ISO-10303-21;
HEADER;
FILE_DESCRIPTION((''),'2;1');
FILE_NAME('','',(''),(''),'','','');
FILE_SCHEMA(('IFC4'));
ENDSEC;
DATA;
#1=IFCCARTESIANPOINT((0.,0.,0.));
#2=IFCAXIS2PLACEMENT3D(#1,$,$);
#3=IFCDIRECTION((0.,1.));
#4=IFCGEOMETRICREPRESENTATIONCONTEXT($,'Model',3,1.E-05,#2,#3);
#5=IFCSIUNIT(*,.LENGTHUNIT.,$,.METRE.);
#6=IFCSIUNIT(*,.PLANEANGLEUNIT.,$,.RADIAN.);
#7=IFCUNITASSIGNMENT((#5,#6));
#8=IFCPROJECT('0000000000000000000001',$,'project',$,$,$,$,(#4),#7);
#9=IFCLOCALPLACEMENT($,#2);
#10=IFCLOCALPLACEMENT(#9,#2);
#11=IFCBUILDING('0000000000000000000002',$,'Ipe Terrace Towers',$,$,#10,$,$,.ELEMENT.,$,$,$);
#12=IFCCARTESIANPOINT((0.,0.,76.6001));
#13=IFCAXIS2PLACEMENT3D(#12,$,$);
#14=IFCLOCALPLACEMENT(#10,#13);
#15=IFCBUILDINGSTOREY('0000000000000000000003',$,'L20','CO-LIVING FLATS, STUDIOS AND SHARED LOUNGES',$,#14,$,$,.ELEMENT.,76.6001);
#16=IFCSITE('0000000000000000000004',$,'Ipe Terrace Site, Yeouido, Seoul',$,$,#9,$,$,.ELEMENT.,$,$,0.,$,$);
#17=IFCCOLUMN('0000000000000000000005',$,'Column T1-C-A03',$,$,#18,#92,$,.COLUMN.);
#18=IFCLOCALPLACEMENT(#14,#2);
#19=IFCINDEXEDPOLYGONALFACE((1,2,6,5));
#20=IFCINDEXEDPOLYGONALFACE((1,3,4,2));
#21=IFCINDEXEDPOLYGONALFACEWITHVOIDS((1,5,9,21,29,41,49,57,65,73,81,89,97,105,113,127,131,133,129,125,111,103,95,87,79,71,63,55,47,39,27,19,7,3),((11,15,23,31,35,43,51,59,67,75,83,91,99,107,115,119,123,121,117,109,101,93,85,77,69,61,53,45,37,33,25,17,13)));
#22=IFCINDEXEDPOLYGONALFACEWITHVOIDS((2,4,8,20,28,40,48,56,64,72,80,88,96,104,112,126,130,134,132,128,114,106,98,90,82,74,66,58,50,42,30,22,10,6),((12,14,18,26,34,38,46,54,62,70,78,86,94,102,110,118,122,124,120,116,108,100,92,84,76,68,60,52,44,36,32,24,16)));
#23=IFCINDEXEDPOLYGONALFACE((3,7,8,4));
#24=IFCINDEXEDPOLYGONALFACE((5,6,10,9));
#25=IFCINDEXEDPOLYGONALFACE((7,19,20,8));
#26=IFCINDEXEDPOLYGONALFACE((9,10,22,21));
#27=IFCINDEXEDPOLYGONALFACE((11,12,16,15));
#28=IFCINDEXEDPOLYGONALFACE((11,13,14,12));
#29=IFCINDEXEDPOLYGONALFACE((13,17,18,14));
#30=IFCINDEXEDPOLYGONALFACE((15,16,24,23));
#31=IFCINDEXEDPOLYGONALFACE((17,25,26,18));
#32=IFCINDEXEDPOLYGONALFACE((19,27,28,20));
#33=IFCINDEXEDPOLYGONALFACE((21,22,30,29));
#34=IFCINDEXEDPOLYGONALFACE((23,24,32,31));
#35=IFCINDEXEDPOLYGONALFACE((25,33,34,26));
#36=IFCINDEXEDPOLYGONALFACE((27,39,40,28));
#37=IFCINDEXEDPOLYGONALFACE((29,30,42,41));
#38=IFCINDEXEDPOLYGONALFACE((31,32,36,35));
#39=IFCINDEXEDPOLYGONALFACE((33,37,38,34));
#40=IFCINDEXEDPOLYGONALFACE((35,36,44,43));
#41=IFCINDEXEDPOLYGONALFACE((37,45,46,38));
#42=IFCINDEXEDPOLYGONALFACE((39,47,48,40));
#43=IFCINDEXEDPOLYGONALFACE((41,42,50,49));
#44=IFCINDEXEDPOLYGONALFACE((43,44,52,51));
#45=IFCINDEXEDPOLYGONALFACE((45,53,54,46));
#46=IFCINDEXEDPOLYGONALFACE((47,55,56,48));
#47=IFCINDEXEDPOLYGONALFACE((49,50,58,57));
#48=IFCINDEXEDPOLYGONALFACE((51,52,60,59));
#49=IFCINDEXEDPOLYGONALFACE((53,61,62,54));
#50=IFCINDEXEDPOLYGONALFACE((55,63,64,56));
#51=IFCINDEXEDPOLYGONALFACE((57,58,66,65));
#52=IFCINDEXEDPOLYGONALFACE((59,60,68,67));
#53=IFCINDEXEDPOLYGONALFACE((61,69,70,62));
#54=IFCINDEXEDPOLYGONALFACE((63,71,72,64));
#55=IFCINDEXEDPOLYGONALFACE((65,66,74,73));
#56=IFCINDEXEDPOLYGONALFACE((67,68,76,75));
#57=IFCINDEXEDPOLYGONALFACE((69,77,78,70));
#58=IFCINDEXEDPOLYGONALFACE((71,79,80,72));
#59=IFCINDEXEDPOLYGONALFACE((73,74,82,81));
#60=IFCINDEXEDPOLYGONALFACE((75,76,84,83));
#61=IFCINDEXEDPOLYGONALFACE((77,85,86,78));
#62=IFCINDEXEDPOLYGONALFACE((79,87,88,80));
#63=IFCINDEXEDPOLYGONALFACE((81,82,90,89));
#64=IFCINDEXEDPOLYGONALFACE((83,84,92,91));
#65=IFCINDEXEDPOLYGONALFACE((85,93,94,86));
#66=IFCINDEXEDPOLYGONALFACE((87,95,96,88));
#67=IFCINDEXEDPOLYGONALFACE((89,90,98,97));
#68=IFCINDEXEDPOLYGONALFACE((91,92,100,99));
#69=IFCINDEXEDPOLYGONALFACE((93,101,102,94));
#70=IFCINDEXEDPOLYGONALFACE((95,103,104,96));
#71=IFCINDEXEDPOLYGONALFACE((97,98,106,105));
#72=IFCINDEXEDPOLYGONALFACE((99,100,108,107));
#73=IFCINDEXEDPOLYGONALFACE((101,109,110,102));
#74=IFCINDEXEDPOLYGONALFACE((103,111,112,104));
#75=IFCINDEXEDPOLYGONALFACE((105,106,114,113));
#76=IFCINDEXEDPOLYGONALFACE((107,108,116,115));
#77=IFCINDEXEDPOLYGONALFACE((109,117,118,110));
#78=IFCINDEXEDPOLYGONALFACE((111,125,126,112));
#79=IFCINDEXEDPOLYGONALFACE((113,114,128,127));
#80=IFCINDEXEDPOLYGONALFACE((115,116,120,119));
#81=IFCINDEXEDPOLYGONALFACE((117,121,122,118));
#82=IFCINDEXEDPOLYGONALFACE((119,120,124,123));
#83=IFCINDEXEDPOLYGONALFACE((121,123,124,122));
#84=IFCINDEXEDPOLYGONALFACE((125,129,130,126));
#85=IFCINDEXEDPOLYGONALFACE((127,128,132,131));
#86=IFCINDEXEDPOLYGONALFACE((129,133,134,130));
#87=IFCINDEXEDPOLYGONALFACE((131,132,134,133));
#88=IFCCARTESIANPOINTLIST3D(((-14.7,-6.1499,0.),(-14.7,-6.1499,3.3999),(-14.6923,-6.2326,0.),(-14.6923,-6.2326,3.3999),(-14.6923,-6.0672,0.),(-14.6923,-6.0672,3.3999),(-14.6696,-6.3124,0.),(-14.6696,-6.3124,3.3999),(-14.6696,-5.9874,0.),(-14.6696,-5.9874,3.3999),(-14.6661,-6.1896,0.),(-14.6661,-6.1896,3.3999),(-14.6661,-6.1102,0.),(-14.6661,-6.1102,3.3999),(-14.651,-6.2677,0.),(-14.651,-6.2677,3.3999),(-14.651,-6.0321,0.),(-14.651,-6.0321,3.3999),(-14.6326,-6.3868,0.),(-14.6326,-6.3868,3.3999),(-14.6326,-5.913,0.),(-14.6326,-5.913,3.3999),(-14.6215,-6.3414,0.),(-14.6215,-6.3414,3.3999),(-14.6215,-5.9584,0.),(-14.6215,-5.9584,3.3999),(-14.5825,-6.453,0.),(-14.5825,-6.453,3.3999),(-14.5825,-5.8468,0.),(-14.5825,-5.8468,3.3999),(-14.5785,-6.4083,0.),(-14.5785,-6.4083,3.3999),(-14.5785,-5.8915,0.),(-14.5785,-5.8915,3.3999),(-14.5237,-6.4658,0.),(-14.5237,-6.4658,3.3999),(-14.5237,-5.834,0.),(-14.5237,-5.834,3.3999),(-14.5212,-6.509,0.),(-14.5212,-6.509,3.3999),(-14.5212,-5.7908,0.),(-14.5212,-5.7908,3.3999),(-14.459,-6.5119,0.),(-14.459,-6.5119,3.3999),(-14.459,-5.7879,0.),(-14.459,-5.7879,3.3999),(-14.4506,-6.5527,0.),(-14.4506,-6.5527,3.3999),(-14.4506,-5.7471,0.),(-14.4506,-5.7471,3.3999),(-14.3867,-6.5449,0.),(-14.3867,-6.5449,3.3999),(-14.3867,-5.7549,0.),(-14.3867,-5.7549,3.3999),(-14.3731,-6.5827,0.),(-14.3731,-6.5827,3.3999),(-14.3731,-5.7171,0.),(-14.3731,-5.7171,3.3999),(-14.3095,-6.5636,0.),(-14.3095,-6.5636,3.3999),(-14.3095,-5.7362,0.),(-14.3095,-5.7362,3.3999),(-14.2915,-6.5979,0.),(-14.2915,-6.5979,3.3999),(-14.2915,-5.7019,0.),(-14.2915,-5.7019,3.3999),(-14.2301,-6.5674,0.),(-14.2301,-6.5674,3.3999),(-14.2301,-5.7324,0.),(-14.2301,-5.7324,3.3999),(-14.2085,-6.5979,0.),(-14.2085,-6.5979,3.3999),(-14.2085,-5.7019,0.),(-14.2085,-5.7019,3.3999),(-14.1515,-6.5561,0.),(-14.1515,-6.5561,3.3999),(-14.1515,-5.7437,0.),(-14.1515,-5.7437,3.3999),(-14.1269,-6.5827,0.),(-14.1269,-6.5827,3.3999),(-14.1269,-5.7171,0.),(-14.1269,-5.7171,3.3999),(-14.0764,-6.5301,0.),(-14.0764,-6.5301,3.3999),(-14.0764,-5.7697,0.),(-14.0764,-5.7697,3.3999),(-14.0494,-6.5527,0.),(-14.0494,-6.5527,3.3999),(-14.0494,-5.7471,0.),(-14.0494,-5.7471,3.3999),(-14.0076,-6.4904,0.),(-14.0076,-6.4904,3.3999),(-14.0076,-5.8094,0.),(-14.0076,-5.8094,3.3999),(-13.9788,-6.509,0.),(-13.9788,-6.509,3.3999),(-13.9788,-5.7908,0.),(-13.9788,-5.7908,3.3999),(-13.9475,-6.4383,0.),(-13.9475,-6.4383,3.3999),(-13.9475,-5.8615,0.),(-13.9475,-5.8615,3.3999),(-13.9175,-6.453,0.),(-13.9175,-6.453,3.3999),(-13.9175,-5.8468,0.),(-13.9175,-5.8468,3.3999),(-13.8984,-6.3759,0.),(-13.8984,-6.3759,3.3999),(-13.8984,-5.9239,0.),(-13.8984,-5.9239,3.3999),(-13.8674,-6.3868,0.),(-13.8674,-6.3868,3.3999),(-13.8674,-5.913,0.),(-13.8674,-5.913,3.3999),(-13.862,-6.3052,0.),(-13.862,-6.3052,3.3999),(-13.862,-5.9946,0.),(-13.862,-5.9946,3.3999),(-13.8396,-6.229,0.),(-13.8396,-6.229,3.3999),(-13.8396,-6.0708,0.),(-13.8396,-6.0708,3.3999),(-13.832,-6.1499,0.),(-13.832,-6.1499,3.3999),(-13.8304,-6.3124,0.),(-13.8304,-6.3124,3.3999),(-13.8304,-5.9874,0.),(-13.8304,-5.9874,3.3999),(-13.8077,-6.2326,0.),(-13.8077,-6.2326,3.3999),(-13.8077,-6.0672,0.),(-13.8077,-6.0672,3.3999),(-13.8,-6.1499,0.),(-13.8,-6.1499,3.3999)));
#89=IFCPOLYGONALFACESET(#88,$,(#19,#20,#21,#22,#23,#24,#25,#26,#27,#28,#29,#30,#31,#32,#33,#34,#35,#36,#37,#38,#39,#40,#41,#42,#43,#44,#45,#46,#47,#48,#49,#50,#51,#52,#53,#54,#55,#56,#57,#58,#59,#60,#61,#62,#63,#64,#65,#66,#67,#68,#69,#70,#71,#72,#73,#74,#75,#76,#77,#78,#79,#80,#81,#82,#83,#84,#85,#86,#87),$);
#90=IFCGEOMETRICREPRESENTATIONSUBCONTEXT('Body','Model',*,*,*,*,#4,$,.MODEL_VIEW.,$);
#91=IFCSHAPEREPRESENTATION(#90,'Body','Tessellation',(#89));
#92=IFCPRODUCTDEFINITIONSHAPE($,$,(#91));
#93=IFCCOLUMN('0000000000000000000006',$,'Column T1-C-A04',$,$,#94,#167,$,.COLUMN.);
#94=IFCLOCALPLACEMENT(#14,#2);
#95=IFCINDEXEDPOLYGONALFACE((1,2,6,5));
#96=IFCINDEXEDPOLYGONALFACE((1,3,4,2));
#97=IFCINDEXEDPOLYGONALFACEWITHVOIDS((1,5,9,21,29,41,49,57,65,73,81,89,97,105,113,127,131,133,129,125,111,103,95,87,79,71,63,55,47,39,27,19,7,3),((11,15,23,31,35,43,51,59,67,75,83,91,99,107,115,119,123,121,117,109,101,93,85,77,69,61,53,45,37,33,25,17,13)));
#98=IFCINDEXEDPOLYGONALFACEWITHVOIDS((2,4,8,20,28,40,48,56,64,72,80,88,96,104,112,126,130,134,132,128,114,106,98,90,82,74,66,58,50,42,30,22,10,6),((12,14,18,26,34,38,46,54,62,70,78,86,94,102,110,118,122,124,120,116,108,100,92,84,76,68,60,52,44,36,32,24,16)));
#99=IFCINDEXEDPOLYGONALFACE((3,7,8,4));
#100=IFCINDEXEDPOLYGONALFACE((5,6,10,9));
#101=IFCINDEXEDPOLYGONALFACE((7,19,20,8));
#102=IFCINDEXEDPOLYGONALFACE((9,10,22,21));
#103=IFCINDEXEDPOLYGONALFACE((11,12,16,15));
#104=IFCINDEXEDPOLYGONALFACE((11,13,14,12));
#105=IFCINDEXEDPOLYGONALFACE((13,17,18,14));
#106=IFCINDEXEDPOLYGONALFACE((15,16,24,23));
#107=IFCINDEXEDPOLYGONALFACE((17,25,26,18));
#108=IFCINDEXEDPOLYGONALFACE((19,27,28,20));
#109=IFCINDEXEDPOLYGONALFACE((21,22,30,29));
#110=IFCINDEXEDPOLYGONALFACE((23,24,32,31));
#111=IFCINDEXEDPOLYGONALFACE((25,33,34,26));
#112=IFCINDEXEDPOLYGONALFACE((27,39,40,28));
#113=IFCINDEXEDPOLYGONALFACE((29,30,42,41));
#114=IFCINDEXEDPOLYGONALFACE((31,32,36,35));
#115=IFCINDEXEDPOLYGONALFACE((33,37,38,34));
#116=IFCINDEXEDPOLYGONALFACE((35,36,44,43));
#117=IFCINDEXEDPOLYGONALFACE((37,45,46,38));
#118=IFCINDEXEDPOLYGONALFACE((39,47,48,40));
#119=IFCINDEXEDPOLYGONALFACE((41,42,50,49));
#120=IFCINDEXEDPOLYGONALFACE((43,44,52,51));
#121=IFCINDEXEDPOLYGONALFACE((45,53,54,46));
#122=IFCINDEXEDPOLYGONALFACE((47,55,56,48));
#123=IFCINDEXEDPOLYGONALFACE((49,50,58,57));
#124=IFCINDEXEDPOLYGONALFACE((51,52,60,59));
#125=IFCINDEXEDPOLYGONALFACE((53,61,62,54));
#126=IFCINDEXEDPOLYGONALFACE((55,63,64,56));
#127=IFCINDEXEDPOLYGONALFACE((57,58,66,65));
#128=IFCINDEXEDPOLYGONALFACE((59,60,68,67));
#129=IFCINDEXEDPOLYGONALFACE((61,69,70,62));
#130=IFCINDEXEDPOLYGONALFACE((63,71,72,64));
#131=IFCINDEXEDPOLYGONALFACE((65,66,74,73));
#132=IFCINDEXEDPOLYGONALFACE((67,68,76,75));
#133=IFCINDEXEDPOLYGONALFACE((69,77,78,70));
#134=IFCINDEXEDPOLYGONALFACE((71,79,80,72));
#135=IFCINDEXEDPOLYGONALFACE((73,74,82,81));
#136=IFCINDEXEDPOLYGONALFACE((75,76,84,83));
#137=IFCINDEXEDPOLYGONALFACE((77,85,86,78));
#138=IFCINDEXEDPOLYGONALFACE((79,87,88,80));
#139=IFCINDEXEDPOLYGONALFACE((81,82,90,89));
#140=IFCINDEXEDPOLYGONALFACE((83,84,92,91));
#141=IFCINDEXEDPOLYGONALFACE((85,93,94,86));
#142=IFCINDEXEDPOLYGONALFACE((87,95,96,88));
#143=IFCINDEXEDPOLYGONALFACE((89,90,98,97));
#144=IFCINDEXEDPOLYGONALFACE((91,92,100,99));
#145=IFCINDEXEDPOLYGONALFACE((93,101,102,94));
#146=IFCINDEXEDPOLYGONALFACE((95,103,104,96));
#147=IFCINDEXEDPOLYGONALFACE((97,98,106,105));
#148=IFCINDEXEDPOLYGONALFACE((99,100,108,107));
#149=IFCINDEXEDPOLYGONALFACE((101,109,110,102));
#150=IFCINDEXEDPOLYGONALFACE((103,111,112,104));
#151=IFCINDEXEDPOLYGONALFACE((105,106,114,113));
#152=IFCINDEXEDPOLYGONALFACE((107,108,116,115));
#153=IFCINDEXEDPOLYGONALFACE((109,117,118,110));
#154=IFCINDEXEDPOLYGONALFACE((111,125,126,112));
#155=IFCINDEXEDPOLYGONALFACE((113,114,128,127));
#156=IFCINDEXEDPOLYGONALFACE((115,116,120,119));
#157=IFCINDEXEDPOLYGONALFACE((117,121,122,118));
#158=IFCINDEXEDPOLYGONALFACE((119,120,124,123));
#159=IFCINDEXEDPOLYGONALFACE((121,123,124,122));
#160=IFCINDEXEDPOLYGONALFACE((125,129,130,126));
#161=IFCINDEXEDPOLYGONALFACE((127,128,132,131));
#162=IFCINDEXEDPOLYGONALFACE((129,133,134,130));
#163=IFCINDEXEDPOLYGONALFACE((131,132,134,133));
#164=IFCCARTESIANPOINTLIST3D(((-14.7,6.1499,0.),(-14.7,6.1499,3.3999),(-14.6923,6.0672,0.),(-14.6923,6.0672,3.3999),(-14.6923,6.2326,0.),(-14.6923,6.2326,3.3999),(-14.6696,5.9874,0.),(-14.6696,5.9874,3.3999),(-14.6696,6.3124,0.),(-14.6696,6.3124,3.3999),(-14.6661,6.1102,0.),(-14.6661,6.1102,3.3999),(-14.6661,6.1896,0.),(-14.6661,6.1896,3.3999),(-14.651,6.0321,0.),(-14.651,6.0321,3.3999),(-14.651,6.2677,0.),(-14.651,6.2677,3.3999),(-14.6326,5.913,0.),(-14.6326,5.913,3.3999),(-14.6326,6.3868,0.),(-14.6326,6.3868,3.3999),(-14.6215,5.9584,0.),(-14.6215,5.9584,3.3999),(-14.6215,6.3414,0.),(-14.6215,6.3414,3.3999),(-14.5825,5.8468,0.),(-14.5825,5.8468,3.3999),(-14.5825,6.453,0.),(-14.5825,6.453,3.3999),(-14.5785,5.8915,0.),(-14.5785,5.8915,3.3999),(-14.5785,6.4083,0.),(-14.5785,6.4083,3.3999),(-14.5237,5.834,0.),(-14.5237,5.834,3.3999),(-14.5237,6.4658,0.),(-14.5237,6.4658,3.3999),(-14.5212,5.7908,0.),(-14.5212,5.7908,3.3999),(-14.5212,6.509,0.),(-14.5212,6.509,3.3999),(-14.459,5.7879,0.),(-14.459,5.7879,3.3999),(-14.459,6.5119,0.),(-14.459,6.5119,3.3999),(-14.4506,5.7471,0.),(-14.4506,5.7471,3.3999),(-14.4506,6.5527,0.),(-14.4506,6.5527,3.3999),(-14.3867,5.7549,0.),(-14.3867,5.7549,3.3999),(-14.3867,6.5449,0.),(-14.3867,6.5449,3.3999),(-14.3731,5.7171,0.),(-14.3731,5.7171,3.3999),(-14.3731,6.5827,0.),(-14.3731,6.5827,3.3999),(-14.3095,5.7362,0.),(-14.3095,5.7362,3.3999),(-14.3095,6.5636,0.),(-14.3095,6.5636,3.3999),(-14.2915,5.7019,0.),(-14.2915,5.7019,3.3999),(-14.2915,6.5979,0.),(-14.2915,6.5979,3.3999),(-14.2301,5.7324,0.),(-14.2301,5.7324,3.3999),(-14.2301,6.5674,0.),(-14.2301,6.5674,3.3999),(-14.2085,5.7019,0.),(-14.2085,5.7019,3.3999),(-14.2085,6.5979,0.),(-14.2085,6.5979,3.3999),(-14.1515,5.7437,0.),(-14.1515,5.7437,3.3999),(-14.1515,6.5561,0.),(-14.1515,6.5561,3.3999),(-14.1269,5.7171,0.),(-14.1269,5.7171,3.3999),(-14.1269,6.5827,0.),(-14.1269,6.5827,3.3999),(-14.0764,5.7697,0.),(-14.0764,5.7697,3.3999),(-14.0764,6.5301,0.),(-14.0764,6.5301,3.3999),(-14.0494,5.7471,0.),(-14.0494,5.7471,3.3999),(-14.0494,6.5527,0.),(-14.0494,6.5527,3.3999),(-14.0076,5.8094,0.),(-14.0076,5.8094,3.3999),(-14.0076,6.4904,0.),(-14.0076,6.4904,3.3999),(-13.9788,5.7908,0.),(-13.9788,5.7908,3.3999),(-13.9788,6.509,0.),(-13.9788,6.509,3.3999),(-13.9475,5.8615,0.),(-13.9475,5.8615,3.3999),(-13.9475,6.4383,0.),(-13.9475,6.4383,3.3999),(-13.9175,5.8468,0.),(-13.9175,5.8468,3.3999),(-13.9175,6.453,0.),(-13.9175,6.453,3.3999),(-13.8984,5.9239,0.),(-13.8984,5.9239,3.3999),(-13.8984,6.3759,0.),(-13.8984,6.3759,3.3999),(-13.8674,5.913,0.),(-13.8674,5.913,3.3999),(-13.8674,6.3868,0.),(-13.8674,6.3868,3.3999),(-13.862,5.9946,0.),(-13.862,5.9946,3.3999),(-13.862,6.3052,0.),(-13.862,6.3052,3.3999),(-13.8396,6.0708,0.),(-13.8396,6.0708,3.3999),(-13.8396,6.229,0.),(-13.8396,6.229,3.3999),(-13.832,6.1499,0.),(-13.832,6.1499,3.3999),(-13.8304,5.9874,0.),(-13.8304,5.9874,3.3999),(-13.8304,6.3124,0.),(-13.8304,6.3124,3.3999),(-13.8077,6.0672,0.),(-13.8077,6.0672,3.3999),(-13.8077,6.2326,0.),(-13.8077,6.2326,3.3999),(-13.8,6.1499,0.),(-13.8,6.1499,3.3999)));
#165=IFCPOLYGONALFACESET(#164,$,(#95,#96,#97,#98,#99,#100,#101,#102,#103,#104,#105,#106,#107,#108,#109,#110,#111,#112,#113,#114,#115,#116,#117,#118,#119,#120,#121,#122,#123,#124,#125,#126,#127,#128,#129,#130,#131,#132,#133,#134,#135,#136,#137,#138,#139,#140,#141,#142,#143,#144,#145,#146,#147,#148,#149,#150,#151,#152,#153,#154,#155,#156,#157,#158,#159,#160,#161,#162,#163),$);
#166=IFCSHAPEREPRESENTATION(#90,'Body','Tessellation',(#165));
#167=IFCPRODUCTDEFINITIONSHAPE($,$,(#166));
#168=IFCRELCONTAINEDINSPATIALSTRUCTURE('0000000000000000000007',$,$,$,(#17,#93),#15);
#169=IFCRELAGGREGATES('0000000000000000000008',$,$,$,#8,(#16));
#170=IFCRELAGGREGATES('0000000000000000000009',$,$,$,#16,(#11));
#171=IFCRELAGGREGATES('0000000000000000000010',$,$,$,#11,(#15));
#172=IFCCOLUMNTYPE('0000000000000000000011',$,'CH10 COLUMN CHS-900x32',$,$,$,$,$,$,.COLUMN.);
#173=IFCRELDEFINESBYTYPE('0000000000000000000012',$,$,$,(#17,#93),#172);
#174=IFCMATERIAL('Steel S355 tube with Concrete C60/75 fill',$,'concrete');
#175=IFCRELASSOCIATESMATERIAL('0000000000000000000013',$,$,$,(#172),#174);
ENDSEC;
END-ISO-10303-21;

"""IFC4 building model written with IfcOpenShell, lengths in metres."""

from ifc_helpers import new_model, si_unit, direction, frame, origin, origin_2d, place, context, subcontext, project, spatial, hollow_circle, extrude, material, material_profile, profile_set, type_object, element, save


model = new_model("IFC4")

# Units and contexts
model_context = context("Model", 3, precision=1e-05, world=origin(), true_north=direction((0.0, 1.0)))
body_context = subcontext(model_context, "Body", "Model", "MODEL_VIEW")
ifc_project = project(units=[si_unit("LENGTHUNIT", "METRE"), si_unit("PLANEANGLEUNIT", "RADIAN")], contexts=[model_context])

# Site, building, storey
site_placement = place(None, origin())
site = spatial("IfcSite", under=ifc_project, at=site_placement, Name="Ipe Terrace Site, Yeouido, Seoul", CompositionType="ELEMENT", RefElevation=0.0)
building_placement = place(site_placement, origin())
building = spatial("IfcBuilding", under=site, at=building_placement, Name="Ipe Terrace Towers", CompositionType="ELEMENT")
storey_placement = place(building_placement, frame((0.0, 0.0, 76.6001)))
storey = spatial("IfcBuildingStorey", under=building, at=storey_placement, Name="L20", Description="CO-LIVING FLATS, STUDIOS AND SHARED LOUNGES", CompositionType="ELEMENT", Elevation=76.6001)

# Columns
ifc_material_1 = material(Name="Steel S355 tube with Concrete C60/75 fill", Category="concrete")
ifc_material_profile_1 = material_profile(ifc_material_1, hollow_circle(Radius=0.45, WallThickness=0.032, at=origin_2d()), Name="CHS-900x32")
ifc_profile_set_1 = profile_set([ifc_material_profile_1], Name="Steel S355 tube with Concrete C60/75 fill")
column_type = type_object("IfcColumnType", Name="CH10 COLUMN CHS-900x32", PredefinedType="COLUMN", material=ifc_profile_set_1)
for number, where, z_axis, x_axis, name in (
    (1, (-14.25, -6.1499, 0.0), (0.0, 0.0, 1.0), (1.0, 0.0, 0.0), "Column T1-C-A03"),
    (2, (-14.25, 6.1499, 0.0), (0.0, 0.0, 1.0), (1.0, 0.0, 0.0), "Column T1-C-A04"),
):
    element("IfcColumn", number, at=place(storey_placement, frame(where, z_axis=z_axis, x_axis=x_axis)), inside=storey, type_object=column_type, Name=name, PredefinedType="COLUMN", context=body_context, shape_type="SweptSolid", body=[
        extrude(hollow_circle(Radius=0.45, WallThickness=0.032, at=origin_2d()), origin(), (0.0, 0.0, 1.0), 3.3999),
    ])

save(model, "model.ifc")
